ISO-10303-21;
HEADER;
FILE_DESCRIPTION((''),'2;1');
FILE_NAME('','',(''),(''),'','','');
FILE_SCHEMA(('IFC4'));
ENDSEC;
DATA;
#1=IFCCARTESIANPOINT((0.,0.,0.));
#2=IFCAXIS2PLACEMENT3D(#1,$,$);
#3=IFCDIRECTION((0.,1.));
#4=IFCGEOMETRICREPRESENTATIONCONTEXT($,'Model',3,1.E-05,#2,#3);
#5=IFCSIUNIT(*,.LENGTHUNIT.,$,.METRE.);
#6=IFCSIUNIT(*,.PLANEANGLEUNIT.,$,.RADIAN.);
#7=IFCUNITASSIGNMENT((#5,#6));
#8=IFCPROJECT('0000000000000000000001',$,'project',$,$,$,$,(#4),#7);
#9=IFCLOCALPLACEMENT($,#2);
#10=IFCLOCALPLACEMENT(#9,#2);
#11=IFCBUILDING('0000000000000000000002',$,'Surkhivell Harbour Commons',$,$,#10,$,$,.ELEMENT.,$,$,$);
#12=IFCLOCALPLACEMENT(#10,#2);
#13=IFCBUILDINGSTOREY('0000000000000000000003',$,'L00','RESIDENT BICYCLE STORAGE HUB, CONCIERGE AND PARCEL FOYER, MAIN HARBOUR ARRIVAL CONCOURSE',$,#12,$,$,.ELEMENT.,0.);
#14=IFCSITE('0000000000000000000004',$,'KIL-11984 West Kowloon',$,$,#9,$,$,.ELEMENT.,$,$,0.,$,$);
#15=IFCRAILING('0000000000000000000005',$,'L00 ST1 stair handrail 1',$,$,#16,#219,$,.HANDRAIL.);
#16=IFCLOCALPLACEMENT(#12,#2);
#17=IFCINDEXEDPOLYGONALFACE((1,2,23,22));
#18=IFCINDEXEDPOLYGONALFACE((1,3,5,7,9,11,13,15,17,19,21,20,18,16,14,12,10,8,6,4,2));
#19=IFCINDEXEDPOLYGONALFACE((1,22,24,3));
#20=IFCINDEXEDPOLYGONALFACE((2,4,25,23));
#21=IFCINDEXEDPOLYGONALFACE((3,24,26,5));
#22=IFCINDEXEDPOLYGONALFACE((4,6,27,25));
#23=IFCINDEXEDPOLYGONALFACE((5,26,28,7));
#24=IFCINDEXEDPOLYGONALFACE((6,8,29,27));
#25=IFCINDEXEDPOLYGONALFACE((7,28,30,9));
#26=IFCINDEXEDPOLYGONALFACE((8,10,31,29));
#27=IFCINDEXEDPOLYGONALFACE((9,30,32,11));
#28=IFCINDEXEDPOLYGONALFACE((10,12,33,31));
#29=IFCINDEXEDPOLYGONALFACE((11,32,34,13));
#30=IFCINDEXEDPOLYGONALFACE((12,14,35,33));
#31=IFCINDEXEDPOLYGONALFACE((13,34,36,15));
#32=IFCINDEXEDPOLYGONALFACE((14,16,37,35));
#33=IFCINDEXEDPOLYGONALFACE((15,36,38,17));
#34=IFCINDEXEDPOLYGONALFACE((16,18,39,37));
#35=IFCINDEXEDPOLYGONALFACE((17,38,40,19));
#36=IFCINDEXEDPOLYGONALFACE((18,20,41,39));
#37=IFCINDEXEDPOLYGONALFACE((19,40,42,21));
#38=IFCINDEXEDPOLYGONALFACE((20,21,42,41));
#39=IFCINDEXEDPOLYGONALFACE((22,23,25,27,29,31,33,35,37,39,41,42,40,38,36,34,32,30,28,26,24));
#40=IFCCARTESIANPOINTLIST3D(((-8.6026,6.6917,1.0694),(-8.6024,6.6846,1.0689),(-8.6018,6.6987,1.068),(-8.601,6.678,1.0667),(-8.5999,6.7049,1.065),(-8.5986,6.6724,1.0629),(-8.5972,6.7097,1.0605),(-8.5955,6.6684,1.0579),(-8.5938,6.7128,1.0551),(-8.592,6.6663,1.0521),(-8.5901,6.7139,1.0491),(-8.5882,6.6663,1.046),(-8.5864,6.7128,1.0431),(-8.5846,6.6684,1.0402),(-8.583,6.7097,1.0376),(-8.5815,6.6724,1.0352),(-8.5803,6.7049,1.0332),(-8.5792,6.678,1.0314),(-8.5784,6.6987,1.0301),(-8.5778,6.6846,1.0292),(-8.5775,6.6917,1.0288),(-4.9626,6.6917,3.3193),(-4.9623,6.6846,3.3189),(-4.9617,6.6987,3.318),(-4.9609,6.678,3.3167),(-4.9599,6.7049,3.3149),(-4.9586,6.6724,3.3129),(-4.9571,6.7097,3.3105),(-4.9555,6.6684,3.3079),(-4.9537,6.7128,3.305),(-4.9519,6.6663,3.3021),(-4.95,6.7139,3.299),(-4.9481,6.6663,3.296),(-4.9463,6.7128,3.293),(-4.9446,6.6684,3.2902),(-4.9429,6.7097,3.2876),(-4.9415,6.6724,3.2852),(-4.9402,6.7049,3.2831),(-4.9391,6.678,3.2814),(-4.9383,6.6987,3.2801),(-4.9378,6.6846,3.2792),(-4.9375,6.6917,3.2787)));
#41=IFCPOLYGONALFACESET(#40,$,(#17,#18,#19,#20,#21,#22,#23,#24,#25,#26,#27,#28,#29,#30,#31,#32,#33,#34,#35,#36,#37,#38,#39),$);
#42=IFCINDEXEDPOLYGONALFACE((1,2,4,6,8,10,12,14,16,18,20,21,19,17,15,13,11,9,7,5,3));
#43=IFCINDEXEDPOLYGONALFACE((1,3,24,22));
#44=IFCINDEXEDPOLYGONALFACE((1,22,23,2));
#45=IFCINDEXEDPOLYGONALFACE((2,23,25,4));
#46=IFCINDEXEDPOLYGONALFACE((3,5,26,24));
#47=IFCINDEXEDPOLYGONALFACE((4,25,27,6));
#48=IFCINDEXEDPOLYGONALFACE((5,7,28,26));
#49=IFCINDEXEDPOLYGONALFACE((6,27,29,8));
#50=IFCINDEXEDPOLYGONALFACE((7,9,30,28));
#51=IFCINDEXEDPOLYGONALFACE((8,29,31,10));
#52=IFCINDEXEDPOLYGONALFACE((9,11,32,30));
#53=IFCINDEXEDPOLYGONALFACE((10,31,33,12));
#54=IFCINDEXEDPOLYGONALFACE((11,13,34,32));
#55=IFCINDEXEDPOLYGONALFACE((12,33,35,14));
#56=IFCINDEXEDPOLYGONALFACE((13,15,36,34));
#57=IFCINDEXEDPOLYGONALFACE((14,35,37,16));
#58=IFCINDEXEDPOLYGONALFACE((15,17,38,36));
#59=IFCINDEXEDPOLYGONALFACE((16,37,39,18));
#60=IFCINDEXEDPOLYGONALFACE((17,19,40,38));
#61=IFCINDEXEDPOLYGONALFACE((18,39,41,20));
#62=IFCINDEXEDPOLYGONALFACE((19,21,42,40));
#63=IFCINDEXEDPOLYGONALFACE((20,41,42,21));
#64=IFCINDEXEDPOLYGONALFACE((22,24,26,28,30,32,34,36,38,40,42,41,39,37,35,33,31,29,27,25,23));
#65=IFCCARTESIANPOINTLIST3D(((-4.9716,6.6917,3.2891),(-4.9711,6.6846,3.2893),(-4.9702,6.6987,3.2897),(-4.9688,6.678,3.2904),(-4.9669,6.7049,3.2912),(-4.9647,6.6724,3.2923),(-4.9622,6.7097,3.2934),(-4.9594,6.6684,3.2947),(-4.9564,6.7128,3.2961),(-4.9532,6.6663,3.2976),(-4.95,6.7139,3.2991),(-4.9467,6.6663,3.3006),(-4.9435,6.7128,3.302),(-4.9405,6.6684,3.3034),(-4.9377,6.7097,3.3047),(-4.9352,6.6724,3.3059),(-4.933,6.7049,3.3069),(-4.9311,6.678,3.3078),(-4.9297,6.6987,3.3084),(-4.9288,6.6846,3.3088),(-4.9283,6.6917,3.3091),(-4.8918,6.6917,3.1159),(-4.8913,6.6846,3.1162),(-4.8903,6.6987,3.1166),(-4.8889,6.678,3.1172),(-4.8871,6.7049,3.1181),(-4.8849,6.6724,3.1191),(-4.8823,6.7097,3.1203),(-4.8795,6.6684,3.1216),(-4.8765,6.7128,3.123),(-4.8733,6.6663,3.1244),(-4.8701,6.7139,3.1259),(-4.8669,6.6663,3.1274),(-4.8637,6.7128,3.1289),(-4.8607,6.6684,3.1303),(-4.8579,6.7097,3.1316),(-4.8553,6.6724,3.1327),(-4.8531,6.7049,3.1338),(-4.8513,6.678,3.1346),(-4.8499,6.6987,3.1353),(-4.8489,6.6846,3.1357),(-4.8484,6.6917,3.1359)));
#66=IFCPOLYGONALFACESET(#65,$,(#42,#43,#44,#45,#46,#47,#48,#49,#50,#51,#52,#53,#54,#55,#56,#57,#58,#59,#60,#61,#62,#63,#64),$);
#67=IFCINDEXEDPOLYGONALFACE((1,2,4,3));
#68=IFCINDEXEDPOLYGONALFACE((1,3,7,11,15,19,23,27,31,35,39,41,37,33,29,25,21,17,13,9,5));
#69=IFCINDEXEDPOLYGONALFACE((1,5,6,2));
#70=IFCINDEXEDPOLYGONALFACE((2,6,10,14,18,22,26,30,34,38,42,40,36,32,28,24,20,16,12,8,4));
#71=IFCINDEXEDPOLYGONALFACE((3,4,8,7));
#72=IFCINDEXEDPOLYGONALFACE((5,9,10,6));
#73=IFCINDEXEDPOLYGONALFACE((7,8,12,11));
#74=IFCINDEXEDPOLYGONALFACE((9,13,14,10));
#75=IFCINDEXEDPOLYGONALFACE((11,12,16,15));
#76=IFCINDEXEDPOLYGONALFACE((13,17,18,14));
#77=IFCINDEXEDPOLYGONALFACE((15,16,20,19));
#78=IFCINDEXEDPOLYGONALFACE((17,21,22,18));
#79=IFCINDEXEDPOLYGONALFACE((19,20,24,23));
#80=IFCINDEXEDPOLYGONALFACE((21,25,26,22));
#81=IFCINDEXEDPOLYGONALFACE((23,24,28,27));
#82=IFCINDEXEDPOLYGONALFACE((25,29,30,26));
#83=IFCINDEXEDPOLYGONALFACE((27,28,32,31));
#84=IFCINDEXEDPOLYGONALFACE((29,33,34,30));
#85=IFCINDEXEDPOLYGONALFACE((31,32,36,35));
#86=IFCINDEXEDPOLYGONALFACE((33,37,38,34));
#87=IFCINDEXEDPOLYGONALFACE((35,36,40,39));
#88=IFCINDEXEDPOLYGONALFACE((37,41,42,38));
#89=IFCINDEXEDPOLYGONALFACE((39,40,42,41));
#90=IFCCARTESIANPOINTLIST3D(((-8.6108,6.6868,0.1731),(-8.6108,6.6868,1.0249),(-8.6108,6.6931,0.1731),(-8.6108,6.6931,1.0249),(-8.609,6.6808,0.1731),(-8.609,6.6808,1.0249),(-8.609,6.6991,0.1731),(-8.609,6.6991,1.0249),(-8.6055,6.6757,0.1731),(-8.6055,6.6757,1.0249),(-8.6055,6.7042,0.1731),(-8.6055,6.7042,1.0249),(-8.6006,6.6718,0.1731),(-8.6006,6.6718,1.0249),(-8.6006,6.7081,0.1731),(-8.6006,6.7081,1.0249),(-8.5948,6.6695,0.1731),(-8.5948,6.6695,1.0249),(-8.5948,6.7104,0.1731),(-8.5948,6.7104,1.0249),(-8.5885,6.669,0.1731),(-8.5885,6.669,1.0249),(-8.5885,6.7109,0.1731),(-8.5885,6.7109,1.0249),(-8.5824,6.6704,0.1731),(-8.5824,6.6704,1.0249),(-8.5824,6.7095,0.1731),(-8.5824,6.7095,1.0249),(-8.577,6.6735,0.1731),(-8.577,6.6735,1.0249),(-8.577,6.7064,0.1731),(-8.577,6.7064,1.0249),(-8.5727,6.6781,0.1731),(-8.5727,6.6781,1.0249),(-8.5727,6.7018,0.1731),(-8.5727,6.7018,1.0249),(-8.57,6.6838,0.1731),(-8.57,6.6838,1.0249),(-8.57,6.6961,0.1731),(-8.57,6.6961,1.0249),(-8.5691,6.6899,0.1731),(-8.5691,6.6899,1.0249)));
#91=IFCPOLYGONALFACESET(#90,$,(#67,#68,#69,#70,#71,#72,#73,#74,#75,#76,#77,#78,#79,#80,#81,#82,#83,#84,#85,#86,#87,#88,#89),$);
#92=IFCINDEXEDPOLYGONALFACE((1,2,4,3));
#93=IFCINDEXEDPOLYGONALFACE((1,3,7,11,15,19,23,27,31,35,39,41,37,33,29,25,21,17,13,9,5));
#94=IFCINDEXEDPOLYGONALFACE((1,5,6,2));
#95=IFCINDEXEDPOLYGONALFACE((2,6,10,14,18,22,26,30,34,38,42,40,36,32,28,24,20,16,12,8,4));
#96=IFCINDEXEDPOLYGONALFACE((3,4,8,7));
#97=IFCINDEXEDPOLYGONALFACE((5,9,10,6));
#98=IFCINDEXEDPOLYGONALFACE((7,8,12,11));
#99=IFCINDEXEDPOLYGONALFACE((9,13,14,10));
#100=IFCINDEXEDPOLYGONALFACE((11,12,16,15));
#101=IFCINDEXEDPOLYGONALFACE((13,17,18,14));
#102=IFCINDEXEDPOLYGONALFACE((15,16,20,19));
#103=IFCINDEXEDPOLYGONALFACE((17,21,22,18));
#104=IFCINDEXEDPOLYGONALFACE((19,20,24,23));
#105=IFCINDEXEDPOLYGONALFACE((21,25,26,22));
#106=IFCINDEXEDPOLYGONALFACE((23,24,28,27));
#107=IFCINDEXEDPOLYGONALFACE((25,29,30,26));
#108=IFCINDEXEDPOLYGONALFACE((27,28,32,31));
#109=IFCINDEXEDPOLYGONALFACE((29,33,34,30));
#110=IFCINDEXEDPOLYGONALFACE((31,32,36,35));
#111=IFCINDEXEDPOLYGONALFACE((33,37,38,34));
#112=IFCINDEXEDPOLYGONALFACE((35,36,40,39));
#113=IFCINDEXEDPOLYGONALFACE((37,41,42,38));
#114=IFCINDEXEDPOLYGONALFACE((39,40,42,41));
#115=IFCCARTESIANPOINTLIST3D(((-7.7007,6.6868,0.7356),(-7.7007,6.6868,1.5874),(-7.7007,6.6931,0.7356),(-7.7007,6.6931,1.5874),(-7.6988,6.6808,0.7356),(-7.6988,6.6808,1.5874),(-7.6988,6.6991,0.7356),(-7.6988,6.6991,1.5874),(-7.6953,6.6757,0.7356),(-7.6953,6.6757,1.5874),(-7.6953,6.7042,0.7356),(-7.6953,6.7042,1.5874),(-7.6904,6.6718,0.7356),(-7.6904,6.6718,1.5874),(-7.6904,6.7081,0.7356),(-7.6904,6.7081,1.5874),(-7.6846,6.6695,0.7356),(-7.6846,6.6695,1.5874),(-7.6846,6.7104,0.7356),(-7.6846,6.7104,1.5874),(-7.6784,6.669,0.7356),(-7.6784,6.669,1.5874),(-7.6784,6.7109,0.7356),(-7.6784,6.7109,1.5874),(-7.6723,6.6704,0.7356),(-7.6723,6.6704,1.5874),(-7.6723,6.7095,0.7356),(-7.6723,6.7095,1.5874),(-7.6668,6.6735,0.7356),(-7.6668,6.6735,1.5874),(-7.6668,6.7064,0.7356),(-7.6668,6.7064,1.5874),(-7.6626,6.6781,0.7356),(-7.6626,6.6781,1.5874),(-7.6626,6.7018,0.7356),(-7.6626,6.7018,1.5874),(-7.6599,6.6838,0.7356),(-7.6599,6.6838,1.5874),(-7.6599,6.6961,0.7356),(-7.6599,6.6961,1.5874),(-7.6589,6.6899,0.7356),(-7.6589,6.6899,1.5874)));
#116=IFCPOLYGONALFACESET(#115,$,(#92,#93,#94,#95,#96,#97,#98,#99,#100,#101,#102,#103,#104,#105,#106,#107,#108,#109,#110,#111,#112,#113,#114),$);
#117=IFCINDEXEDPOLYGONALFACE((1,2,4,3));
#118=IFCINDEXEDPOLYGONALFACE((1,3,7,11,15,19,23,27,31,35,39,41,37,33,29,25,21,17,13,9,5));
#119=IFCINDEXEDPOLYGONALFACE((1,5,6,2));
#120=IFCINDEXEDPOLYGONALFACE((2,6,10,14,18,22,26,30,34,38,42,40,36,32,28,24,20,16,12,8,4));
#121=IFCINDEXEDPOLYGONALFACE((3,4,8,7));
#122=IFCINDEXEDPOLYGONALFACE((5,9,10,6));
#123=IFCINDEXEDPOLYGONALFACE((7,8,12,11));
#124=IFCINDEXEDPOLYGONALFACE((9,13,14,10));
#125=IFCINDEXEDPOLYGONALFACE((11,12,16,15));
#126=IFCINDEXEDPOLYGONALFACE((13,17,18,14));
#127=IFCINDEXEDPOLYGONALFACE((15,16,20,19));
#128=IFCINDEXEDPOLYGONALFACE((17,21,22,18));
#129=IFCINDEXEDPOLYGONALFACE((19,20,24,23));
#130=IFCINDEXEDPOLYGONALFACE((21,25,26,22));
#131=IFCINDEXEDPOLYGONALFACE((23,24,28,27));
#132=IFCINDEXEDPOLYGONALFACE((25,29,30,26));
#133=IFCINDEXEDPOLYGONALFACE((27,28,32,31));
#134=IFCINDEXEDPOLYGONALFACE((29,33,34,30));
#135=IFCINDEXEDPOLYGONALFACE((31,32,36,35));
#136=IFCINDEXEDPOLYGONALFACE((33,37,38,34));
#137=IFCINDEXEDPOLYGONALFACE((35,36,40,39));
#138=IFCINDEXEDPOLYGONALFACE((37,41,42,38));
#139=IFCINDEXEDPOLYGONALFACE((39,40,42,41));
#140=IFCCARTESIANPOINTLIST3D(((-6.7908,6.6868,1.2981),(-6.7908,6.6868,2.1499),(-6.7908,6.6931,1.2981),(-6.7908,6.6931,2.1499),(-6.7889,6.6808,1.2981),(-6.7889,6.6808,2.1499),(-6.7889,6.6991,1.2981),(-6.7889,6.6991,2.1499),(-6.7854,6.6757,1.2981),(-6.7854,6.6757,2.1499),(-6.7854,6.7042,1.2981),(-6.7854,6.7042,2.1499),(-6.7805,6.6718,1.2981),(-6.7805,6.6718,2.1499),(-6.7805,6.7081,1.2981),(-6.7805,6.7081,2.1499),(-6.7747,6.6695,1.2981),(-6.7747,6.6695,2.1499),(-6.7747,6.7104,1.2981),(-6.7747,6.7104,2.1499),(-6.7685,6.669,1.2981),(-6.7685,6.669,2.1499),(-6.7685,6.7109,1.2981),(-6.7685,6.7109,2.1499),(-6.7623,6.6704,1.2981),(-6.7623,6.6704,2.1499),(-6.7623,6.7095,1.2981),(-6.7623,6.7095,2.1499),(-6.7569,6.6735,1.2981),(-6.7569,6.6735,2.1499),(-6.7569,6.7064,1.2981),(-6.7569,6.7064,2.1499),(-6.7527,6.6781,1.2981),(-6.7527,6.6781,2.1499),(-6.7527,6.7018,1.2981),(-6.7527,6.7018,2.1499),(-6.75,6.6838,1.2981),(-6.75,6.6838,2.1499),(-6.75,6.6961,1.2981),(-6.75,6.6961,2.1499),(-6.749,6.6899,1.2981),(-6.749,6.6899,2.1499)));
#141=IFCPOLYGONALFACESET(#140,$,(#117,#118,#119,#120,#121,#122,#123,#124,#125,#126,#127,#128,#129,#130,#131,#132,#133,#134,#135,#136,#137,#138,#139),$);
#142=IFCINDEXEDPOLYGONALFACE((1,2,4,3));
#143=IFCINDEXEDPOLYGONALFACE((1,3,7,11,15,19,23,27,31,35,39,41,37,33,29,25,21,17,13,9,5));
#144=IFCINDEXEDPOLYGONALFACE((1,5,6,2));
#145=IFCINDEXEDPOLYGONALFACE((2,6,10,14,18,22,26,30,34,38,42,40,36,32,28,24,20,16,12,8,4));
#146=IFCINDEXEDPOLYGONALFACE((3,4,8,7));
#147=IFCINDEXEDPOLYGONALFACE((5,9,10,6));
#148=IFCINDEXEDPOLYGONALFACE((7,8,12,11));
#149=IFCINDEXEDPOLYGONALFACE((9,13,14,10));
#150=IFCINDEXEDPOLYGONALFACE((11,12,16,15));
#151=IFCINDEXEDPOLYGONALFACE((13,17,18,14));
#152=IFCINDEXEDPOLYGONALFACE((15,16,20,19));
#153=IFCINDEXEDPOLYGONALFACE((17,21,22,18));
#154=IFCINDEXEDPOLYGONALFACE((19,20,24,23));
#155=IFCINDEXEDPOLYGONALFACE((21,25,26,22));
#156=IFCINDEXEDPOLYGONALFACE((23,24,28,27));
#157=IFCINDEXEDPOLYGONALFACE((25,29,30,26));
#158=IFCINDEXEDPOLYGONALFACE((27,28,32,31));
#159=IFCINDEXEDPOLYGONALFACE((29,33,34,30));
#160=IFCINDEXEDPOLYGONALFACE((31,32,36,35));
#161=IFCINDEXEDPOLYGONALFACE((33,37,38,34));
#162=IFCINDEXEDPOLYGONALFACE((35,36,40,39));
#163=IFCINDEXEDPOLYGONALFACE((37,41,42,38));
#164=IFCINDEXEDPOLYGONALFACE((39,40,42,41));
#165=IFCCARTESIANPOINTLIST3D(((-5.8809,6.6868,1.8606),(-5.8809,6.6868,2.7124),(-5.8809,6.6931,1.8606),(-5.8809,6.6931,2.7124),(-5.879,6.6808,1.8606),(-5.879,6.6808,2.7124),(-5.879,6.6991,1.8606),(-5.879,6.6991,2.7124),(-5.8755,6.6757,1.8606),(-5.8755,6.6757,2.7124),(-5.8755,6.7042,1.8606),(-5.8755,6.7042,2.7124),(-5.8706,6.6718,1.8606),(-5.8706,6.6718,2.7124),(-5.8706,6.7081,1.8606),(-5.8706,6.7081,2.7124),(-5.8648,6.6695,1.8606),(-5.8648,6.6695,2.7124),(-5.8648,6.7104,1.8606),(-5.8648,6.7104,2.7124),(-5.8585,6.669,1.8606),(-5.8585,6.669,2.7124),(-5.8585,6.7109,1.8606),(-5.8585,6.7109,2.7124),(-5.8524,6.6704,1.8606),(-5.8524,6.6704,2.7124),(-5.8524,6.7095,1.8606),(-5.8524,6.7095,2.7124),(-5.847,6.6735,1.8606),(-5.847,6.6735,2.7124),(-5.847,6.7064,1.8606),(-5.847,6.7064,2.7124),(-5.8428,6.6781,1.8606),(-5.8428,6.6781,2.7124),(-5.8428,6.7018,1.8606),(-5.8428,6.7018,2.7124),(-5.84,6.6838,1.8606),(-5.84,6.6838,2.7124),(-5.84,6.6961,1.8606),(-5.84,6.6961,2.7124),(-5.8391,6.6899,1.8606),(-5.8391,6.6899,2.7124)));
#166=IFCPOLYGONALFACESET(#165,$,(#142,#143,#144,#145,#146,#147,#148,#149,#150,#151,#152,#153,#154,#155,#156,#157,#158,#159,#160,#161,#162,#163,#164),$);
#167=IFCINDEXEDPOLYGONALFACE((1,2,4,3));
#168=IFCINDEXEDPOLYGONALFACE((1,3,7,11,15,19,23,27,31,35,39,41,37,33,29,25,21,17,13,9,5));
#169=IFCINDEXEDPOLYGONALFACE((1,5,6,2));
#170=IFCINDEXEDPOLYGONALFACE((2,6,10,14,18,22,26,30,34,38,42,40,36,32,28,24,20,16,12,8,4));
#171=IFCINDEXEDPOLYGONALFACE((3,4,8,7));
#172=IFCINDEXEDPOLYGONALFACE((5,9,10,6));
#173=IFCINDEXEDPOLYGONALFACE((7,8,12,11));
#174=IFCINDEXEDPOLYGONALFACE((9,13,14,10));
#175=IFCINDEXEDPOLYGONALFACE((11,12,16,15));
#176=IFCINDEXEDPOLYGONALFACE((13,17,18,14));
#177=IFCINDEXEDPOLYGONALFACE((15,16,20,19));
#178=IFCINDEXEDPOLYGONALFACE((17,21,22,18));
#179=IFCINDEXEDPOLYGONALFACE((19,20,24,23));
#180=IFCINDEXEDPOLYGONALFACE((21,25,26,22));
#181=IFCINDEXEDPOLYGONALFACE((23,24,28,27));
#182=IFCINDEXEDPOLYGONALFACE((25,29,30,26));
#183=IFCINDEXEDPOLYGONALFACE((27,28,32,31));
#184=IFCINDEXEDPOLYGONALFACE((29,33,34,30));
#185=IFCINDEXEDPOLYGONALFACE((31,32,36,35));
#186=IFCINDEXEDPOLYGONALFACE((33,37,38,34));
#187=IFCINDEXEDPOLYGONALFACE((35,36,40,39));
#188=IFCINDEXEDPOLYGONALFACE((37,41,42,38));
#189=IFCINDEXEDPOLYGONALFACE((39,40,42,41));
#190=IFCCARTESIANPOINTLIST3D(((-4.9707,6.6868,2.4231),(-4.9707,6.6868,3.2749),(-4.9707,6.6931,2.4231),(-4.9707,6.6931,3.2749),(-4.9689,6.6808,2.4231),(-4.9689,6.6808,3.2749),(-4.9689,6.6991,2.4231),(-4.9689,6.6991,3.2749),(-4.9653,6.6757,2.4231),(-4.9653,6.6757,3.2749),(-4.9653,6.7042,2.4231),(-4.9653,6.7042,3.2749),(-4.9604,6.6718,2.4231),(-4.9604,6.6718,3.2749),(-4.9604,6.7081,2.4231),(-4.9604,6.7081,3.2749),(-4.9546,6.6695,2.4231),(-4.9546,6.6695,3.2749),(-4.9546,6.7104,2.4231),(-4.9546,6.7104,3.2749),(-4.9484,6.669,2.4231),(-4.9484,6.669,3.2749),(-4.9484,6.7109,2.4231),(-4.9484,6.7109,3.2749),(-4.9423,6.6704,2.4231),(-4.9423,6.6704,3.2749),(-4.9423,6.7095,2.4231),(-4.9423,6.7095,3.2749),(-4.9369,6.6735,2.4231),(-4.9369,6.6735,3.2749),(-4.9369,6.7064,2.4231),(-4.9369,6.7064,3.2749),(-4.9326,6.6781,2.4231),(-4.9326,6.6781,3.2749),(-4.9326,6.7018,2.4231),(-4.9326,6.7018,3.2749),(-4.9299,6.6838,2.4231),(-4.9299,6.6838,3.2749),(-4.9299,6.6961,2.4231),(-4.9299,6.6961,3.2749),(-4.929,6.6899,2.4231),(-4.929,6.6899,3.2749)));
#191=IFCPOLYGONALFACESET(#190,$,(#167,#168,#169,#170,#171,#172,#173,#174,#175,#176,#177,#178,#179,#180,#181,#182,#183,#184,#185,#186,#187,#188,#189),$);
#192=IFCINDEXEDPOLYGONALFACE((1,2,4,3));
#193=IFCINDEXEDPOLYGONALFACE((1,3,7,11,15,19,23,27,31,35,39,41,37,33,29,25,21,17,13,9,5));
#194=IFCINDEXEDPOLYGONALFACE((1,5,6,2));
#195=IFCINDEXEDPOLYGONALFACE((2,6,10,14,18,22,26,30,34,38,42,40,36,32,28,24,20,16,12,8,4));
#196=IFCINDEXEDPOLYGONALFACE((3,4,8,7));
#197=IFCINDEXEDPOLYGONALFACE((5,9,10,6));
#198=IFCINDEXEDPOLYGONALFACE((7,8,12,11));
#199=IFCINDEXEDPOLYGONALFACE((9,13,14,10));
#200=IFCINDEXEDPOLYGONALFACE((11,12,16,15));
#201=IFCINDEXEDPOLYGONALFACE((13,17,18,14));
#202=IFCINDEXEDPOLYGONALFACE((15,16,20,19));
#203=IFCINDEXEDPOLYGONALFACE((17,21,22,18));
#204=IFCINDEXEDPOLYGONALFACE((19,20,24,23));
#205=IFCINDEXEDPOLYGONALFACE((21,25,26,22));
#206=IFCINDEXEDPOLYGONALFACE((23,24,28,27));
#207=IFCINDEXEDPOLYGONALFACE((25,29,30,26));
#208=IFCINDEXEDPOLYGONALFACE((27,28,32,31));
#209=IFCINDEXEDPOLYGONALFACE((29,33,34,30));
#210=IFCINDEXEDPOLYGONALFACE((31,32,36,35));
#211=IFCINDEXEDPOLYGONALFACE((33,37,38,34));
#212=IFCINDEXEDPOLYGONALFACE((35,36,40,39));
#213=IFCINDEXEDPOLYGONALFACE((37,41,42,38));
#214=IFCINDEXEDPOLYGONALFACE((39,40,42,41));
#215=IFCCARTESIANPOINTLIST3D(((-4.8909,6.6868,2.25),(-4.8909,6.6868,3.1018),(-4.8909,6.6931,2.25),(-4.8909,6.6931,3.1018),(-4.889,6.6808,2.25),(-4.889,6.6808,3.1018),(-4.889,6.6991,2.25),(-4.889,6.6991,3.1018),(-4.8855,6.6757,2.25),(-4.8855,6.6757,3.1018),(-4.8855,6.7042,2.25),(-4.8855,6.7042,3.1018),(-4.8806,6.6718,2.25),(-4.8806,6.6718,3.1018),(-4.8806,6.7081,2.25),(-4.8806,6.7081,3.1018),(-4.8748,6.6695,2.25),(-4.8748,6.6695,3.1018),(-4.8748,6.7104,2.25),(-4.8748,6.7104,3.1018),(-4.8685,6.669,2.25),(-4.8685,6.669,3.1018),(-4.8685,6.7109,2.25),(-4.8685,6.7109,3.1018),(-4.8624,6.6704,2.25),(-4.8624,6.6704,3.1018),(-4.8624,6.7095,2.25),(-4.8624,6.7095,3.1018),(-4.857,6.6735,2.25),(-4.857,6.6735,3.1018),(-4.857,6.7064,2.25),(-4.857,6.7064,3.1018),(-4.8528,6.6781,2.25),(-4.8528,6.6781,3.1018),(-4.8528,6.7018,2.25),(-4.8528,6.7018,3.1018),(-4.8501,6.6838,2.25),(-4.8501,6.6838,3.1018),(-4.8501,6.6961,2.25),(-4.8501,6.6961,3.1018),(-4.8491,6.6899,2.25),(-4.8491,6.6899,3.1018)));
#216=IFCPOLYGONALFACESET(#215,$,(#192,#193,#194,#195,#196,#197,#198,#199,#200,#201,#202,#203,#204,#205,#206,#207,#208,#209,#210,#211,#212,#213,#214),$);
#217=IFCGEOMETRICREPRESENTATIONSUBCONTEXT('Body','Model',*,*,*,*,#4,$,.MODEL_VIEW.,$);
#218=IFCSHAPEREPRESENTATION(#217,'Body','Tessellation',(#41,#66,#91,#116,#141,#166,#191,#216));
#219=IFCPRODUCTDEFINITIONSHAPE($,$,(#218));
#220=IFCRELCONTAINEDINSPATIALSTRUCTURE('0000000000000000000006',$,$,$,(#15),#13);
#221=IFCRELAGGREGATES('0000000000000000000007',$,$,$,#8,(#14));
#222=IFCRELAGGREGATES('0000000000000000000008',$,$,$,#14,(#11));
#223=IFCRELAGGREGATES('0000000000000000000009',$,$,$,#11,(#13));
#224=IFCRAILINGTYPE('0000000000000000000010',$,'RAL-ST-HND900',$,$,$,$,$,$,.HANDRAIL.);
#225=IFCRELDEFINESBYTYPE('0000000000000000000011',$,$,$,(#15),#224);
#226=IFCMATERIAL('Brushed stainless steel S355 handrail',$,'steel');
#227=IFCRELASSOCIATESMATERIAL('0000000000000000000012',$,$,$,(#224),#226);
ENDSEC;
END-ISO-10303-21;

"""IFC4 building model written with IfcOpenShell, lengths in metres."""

from ifc_helpers import new_model, si_unit, direction, frame, origin, origin_2d, place, context, subcontext, project, spatial, circle, extrude, material, type_object, element, save


model = new_model("IFC4")

# Units and contexts
model_context = context("Model", 3, precision=1e-05, world=origin(), true_north=direction((0.0, 1.0)))
body_context = subcontext(model_context, "Body", "Model", "MODEL_VIEW")
ifc_project = project(units=[si_unit("LENGTHUNIT", "METRE"), si_unit("PLANEANGLEUNIT", "RADIAN")], contexts=[model_context])

# Site, building, storey
site_placement = place(None, origin())
site = spatial("IfcSite", under=ifc_project, at=site_placement, Name="KIL-11984 West Kowloon", CompositionType="ELEMENT", RefElevation=0.0)
building_placement = place(site_placement, origin())
building = spatial("IfcBuilding", under=site, at=building_placement, Name="Surkhivell Harbour Commons", CompositionType="ELEMENT")
storey_placement = place(building_placement, origin())
storey = spatial("IfcBuildingStorey", under=building, at=storey_placement, Name="L00", Description="RESIDENT BICYCLE STORAGE HUB, CONCIERGE AND PARCEL FOYER, MAIN HARBOUR ARRIVAL CONCOURSE", CompositionType="ELEMENT", Elevation=0.0)

# Railing
ifc_material_1 = material(Name="Brushed stainless steel S355 handrail", Category="steel")
railing_type_1 = type_object("IfcRailingType", Name="RAL-ST-HND900", PredefinedType="HANDRAIL", material=ifc_material_1)
railing_1_placement = place(storey_placement, frame((-8.5901, 6.6899, 0.1731)))
element("IfcRailing", 1, at=railing_1_placement, inside=storey, type_object=railing_type_1, Name="L00 ST1 stair handrail 1", PredefinedType="HANDRAIL", context=body_context, shape_type="SweptSolid", body=[
    extrude(circle(Radius=0.0239, at=origin_2d()), frame((0.0, 0.0, 0.876), z_axis=(0.850622, 0.0, 0.525777), x_axis=(0.0, 1.0, 0.0)), (0.0, 0.0, 1.0), 4.2793),
    extrude(circle(Radius=0.0239, at=origin_2d()), frame((3.6401, 0.0, 3.126), z_axis=(0.418815, 0.0, -0.908072), x_axis=(0.0, 1.0, 0.0)), (0.0, 0.0, 1.0), 0.1907),
    extrude(circle(Radius=0.021, at=origin_2d()), origin(), (0.0, 0.0, 1.0), 0.8518),
    extrude(circle(Radius=0.021, at=origin_2d()), frame((0.9102, 0.0, 0.5625)), (0.0, 0.0, 1.0), 0.8518),
    extrude(circle(Radius=0.021, at=origin_2d()), frame((1.8201, 0.0, 1.125)), (0.0, 0.0, 1.0), 0.8518),
    extrude(circle(Radius=0.021, at=origin_2d()), frame((2.73, 0.0, 1.6875)), (0.0, 0.0, 1.0), 0.8518),
    extrude(circle(Radius=0.021, at=origin_2d()), frame((3.6401, 0.0, 2.25)), (0.0, 0.0, 1.0), 0.8518),
    extrude(circle(Radius=0.021, at=origin_2d()), frame((3.72, 0.0, 2.0769)), (0.0, 0.0, 1.0), 0.8518),
])

save(model, "model.ifc")
